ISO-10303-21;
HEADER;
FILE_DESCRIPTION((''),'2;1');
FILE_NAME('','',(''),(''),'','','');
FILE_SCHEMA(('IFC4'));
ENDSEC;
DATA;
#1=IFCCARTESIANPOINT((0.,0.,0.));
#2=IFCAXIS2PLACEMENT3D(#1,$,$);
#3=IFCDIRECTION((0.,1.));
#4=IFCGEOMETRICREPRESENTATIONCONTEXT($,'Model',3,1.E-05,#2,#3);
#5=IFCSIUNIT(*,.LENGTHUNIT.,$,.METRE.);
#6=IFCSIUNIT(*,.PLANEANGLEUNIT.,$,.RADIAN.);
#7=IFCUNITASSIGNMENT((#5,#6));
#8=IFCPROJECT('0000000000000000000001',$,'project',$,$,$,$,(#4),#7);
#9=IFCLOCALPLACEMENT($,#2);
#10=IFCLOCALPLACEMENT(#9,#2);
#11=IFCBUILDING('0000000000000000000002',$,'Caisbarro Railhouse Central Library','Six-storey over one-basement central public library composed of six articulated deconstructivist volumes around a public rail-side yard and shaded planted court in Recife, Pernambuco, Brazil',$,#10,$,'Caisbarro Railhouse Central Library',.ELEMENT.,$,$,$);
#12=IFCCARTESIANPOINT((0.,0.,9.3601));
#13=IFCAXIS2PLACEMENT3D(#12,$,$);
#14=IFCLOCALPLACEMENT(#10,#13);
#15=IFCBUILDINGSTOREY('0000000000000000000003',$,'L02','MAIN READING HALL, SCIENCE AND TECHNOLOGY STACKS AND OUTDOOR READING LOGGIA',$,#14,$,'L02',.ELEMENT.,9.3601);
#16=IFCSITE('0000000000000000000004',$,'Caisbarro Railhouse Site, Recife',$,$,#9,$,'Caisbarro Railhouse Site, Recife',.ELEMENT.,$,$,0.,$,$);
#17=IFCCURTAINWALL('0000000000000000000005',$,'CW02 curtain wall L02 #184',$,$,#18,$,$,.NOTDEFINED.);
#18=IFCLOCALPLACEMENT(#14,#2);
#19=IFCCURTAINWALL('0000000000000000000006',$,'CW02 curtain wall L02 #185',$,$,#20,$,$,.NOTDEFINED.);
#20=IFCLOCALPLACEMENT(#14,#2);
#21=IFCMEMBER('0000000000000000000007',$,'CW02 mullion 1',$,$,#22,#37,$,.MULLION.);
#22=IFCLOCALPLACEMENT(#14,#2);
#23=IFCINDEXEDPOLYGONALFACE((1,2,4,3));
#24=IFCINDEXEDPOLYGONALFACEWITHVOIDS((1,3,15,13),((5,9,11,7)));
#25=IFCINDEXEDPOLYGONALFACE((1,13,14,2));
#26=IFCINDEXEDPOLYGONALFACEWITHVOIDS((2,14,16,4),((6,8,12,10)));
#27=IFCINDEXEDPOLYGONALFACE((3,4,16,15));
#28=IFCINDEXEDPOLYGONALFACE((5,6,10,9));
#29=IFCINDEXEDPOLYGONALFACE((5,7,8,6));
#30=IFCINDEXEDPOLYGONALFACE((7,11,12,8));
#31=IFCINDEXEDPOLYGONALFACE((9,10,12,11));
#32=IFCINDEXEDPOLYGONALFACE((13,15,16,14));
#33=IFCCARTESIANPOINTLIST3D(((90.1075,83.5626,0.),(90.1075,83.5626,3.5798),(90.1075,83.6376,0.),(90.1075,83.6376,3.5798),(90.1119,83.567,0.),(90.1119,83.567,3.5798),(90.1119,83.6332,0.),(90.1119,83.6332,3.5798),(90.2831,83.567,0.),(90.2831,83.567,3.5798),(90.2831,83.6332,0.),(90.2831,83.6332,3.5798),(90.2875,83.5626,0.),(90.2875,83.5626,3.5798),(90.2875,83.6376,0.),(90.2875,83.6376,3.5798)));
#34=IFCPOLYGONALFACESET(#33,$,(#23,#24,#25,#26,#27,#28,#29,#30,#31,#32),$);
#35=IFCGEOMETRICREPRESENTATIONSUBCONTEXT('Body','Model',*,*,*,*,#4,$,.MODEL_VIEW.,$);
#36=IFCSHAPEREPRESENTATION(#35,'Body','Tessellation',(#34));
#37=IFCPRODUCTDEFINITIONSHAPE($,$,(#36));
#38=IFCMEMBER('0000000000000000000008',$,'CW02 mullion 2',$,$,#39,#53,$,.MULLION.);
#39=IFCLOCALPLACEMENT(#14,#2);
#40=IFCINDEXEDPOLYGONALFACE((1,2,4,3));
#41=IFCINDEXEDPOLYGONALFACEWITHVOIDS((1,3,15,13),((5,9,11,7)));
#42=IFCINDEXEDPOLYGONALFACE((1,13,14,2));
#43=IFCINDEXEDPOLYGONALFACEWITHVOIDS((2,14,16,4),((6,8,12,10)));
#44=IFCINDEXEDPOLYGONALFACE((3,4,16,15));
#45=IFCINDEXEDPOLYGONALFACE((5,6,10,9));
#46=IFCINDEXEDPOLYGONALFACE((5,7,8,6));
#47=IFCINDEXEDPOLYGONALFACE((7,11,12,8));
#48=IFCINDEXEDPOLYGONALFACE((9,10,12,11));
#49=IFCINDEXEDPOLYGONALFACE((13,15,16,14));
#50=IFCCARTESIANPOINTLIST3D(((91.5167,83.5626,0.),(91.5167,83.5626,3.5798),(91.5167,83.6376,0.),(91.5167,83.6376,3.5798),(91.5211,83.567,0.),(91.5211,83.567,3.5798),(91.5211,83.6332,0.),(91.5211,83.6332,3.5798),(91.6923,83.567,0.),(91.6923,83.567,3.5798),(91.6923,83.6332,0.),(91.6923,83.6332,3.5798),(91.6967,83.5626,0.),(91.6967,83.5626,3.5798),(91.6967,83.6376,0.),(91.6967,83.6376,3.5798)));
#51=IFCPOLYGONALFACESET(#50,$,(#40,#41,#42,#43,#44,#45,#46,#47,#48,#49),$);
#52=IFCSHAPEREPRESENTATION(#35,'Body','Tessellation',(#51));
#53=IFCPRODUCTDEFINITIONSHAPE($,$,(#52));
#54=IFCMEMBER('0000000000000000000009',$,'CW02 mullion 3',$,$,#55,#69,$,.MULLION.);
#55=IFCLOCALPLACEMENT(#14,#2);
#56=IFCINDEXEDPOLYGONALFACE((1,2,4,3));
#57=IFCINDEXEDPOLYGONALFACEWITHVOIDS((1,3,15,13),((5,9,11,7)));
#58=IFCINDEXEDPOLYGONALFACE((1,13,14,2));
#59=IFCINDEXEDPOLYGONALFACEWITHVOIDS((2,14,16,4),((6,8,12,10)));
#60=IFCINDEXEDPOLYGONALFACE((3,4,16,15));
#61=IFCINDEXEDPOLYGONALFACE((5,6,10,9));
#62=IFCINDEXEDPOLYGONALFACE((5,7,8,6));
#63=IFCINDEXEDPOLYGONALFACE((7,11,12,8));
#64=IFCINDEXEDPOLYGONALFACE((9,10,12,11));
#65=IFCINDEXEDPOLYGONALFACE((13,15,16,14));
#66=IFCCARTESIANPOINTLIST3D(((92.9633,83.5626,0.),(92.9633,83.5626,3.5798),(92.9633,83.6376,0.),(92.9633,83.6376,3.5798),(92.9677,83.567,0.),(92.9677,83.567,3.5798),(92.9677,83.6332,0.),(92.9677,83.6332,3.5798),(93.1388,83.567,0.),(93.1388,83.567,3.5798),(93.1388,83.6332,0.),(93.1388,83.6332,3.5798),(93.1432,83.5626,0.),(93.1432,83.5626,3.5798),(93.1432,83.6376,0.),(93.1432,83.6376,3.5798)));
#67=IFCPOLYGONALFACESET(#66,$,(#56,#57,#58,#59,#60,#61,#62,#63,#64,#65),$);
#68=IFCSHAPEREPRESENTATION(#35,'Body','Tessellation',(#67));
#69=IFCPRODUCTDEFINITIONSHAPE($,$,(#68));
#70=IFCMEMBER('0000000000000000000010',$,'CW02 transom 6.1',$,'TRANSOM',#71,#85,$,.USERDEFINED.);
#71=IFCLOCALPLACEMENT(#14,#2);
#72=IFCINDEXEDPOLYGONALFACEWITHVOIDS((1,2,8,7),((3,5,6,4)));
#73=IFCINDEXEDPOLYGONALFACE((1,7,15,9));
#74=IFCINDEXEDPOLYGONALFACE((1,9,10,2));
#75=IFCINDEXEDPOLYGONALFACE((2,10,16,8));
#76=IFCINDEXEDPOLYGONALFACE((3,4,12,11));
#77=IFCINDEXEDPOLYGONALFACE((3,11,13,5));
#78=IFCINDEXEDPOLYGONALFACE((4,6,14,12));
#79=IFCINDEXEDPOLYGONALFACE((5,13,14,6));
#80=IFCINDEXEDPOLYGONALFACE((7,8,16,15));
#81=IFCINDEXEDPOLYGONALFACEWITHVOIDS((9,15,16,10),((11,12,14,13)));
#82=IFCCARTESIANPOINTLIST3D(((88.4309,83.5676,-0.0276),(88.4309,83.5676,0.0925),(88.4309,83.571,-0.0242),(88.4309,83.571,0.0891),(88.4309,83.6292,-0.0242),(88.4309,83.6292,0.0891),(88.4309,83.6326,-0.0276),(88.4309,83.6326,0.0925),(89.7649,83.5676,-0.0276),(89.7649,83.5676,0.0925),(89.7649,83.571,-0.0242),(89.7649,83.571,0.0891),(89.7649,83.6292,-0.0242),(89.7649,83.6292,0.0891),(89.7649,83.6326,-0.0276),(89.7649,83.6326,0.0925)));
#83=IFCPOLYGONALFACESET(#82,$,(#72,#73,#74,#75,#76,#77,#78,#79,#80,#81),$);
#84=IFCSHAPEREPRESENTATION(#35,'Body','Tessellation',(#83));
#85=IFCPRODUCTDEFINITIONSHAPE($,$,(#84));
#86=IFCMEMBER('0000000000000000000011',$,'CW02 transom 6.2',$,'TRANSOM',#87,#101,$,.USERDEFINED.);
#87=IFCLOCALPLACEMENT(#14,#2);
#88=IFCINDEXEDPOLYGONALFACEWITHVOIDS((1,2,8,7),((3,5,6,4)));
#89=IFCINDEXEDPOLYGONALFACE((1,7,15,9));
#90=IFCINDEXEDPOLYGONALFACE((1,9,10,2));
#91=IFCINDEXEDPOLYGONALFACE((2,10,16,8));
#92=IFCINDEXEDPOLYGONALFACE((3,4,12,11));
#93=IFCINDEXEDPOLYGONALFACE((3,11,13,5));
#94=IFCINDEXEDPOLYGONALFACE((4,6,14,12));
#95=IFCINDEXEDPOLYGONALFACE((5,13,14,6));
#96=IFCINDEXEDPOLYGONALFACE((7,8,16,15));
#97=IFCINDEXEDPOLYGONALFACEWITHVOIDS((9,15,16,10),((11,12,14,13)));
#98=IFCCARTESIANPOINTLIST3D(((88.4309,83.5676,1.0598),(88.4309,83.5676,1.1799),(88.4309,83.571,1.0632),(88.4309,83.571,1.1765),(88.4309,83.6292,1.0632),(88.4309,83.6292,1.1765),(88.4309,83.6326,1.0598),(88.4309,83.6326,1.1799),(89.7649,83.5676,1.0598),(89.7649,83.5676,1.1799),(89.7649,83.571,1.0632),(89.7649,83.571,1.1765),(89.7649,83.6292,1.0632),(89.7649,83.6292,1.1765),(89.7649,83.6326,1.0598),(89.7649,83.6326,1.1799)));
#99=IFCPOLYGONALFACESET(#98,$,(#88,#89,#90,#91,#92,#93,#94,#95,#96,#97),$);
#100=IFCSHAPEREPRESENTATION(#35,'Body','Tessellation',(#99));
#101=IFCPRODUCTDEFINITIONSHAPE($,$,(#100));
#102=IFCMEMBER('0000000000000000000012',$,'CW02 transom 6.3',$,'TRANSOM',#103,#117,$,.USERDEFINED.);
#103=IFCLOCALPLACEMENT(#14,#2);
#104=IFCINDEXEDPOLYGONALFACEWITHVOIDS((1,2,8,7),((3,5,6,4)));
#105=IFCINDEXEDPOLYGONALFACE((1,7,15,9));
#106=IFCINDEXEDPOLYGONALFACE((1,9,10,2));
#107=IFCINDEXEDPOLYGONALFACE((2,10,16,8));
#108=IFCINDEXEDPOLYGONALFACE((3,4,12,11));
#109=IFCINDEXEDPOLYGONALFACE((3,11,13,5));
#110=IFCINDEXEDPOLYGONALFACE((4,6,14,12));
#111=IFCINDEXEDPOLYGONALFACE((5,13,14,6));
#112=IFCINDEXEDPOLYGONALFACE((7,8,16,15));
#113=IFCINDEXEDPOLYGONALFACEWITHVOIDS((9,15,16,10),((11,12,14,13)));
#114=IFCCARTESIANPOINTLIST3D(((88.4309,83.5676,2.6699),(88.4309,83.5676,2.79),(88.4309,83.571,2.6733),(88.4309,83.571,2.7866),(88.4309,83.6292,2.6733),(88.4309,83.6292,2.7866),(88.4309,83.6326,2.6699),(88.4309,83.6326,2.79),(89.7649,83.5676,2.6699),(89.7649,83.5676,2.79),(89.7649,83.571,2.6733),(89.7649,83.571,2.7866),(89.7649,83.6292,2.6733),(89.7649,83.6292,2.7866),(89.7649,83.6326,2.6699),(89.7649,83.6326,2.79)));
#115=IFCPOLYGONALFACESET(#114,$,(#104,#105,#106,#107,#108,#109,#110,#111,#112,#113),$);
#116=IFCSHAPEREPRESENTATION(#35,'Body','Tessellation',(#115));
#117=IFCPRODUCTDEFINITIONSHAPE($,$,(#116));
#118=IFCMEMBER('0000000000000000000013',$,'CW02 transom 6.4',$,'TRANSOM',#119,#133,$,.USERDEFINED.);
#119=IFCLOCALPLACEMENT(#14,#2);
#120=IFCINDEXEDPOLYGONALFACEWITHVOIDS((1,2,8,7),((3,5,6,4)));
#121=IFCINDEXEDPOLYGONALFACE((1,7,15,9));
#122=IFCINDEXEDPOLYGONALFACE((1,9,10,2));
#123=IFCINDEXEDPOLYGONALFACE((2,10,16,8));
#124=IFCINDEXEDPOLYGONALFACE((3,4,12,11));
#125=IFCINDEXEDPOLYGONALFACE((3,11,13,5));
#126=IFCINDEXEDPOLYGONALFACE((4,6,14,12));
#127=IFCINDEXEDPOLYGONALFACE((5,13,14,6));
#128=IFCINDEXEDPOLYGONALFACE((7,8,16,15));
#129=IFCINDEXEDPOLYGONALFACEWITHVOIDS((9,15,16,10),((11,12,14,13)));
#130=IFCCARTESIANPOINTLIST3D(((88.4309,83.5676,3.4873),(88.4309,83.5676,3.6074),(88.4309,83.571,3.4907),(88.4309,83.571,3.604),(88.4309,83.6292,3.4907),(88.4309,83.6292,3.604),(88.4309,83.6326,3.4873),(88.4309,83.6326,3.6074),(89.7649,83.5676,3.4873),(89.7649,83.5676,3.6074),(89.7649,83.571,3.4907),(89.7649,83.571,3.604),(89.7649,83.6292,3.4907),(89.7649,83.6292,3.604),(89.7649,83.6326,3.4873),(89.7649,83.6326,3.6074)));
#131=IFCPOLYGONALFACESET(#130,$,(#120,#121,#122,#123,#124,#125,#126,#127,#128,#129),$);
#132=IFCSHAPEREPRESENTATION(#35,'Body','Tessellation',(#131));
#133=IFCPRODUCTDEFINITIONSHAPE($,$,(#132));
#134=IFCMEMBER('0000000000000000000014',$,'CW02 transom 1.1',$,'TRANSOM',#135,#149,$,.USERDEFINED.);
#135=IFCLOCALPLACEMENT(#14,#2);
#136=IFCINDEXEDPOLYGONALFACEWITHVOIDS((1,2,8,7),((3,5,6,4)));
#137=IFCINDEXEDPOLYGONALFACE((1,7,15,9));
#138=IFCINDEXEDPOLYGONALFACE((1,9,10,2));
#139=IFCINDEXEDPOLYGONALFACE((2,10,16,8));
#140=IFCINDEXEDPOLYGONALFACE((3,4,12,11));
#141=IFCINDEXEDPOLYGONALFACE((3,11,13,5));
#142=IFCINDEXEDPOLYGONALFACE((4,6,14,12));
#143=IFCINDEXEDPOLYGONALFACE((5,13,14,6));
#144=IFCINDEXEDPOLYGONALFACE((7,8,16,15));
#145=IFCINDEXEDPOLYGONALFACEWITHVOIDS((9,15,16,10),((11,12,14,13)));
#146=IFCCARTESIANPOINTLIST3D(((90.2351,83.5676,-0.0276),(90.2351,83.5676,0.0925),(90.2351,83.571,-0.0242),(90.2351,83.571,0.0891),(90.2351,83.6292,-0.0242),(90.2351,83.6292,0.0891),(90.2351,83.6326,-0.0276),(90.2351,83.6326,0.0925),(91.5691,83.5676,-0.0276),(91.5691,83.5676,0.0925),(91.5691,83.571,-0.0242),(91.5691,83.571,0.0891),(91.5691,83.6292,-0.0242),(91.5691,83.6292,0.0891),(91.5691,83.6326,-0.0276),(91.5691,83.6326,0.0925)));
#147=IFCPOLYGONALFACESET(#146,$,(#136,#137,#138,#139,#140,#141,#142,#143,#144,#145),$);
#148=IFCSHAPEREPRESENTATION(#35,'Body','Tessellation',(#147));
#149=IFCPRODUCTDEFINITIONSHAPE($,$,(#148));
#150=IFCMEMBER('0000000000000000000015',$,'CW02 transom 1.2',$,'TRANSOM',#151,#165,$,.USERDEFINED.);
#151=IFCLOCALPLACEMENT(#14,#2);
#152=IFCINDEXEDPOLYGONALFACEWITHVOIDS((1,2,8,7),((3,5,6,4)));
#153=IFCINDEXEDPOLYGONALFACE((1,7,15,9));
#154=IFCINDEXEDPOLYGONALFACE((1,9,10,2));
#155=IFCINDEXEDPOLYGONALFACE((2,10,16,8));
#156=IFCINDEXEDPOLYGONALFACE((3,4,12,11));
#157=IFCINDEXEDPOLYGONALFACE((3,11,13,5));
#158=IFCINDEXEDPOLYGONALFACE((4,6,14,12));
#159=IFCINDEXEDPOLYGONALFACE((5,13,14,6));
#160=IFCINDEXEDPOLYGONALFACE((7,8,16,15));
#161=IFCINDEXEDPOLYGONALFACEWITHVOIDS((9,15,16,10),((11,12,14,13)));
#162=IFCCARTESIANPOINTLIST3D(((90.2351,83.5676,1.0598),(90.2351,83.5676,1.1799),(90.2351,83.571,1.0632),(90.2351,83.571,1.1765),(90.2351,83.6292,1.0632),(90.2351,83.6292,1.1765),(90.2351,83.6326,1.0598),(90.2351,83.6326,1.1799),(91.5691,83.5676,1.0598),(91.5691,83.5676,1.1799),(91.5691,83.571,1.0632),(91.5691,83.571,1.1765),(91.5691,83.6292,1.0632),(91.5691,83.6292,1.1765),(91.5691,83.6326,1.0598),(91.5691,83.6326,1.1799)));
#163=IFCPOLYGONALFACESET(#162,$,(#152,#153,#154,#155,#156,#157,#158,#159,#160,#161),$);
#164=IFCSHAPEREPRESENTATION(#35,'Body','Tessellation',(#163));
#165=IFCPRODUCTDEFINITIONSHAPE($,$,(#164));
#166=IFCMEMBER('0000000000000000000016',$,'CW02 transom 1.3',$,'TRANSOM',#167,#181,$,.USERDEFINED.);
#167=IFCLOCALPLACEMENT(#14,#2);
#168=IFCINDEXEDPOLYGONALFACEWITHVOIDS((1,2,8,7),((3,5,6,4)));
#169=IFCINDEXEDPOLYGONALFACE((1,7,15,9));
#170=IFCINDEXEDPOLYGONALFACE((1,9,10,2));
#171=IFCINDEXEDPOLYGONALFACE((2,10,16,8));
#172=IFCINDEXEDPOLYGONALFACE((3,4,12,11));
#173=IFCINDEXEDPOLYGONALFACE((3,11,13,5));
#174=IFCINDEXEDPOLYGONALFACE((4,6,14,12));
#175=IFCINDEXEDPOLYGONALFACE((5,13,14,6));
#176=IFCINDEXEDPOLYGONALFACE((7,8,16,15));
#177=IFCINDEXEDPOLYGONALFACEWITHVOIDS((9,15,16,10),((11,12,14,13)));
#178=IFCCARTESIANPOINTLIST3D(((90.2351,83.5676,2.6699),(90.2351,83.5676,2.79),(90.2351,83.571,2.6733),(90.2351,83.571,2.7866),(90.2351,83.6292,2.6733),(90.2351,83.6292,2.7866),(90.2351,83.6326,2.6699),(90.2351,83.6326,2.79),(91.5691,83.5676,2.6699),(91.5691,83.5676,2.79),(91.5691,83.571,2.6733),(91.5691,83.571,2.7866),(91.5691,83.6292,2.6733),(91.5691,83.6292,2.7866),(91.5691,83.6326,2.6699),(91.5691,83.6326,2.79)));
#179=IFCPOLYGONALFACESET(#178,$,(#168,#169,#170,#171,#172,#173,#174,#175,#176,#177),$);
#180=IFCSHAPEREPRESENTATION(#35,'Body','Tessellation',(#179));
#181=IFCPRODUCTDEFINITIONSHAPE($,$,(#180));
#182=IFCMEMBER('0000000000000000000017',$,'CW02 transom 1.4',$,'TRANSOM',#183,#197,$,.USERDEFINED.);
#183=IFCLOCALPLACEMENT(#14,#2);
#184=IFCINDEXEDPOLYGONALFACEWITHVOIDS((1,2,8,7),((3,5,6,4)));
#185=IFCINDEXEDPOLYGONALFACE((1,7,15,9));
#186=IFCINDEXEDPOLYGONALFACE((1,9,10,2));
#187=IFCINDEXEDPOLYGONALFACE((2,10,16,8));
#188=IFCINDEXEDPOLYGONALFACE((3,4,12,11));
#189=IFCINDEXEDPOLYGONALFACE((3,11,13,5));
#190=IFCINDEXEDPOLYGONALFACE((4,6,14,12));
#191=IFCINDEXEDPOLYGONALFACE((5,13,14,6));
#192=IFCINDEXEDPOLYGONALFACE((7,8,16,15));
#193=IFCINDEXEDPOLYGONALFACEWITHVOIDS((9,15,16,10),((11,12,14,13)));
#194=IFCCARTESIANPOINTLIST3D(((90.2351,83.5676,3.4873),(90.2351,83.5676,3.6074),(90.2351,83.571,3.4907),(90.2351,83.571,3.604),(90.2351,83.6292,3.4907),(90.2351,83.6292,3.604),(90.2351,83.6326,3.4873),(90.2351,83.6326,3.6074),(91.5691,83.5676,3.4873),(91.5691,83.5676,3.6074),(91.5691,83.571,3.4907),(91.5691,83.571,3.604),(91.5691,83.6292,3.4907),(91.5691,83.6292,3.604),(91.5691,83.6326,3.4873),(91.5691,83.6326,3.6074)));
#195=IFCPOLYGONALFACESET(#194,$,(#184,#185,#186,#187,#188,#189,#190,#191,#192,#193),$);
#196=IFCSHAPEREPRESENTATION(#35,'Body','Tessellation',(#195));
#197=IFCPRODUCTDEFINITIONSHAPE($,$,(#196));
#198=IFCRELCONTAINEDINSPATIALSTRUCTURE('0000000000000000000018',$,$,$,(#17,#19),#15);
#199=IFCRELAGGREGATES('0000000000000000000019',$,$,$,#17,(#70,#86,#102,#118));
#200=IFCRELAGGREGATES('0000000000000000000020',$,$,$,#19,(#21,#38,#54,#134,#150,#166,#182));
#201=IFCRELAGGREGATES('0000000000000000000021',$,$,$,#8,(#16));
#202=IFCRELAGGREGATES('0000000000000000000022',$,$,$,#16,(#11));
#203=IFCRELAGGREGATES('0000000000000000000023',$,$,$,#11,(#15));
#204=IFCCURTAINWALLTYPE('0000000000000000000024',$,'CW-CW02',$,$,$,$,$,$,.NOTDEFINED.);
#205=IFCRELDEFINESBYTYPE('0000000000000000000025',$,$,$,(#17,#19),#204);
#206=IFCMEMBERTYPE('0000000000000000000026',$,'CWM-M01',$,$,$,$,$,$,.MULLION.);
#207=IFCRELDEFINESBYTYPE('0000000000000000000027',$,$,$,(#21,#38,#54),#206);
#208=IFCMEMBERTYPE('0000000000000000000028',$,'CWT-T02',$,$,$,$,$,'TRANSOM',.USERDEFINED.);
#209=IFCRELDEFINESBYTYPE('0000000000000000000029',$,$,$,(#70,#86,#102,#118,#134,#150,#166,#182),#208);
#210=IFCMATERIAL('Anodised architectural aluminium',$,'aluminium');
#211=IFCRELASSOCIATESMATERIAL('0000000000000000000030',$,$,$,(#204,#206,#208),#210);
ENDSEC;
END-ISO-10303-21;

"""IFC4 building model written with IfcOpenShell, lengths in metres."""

from ifc_helpers import new_model, si_unit, direction, frame, origin, origin_2d, place, context, subcontext, project, spatial, hollow_rectangle, extrude, material, material_profile, profile_set, type_object, element, aggregate, save


model = new_model("IFC4")

# Units and contexts
model_context = context("Model", 3, precision=1e-05, world=origin(), true_north=direction((0.0, 1.0)))
body_context = subcontext(model_context, "Body", "Model", "MODEL_VIEW")
ifc_project = project(units=[si_unit("LENGTHUNIT", "METRE"), si_unit("PLANEANGLEUNIT", "RADIAN")], contexts=[model_context])

# Site, building, storey
site_placement = place(None, origin())
site = spatial("IfcSite", under=ifc_project, at=site_placement, Name="Caisbarro Railhouse Site, Recife", LongName="Caisbarro Railhouse Site, Recife", CompositionType="ELEMENT", RefElevation=0.0)
building_placement = place(site_placement, origin())
building = spatial("IfcBuilding", under=site, at=building_placement, Name="Caisbarro Railhouse Central Library", Description="Six-storey over one-basement central public library composed of six articulated deconstructivist volumes around a public rail-side yard and shaded planted court in Recife, Pernambuco, Brazil", LongName="Caisbarro Railhouse Central Library", CompositionType="ELEMENT")
storey_placement = place(building_placement, frame((0.0, 0.0, 9.3601)))
storey = spatial("IfcBuildingStorey", under=building, at=storey_placement, Name="L02", Description="MAIN READING HALL, SCIENCE AND TECHNOLOGY STACKS AND OUTDOOR READING LOGGIA", LongName="L02", CompositionType="ELEMENT", Elevation=9.3601)

# Curtain walls, members
ifc_material_1 = material(Name="Anodised architectural aluminium", Category="aluminium")
curtain_wall_type = type_object("IfcCurtainWallType", Name="CW-CW02", PredefinedType="NOTDEFINED", material=ifc_material_1)
curtain_wall_1_placement = place(storey_placement, origin())
curtain_wall_1 = element("IfcCurtainWall", 1, at=curtain_wall_1_placement, inside=storey, type_object=curtain_wall_type, Name="CW02 curtain wall L02 #184", PredefinedType="NOTDEFINED")
ifc_material_profile_1 = material_profile(ifc_material_1, hollow_rectangle(XDim=0.075, YDim=0.1799, WallThickness=0.0044, at=origin_2d()), Name="ALU-MUL-75X180")
ifc_profile_set_1 = profile_set([ifc_material_profile_1], Name="Anodised architectural aluminium")
member_type_1 = type_object("IfcMemberType", Name="CWM-M01", PredefinedType="MULLION", material=ifc_profile_set_1)
curtain_wall_2_placement = place(storey_placement, origin())
curtain_wall_2 = element("IfcCurtainWall", 2, at=curtain_wall_2_placement, inside=storey, type_object=curtain_wall_type, Name="CW02 curtain wall L02 #185", PredefinedType="NOTDEFINED")
member_1_placement = place(storey_placement, frame((90.1975, 83.6001, 0.0), z_axis=(0.0, 0.0, 1.0), x_axis=(0.0, 1.0, 0.0)))
member_1 = element("IfcMember", 3, at=member_1_placement, type_object=member_type_1, Name="CW02 mullion 1", PredefinedType="MULLION", context=body_context, shape_type="SweptSolid", body=[
    extrude(hollow_rectangle(XDim=0.075, YDim=0.1799, WallThickness=0.0044, at=origin_2d()), origin(), (0.0, 0.0, 1.0), 3.5798),
])
member_2_placement = place(storey_placement, frame((91.6067, 83.6001, 0.0), z_axis=(0.0, 0.0, 1.0), x_axis=(0.0, 1.0, 0.0)))
member_2 = element("IfcMember", 4, at=member_2_placement, type_object=member_type_1, Name="CW02 mullion 2", PredefinedType="MULLION", context=body_context, shape_type="SweptSolid", body=[
    extrude(hollow_rectangle(XDim=0.075, YDim=0.1799, WallThickness=0.0044, at=origin_2d()), origin(), (0.0, 0.0, 1.0), 3.5798),
])
member_3_placement = place(storey_placement, frame((93.0532, 83.6001, 0.0), z_axis=(0.0, 0.0, 1.0), x_axis=(0.0, 1.0, 0.0)))
member_3 = element("IfcMember", 5, at=member_3_placement, type_object=member_type_1, Name="CW02 mullion 3", PredefinedType="MULLION", context=body_context, shape_type="SweptSolid", body=[
    extrude(hollow_rectangle(XDim=0.075, YDim=0.1799, WallThickness=0.0044, at=origin_2d()), origin(), (0.0, 0.0, 1.0), 3.5798),
])

# Members
ifc_material_profile_2 = material_profile(ifc_material_1, hollow_rectangle(XDim=0.0649, YDim=0.1201, WallThickness=0.0034, at=origin_2d()), Name="ALU-TRN-65X120")
ifc_profile_set_2 = profile_set([ifc_material_profile_2], Name="Anodised architectural aluminium")
member_type_2 = type_object("IfcMemberType", Name="CWT-T02", ElementType="TRANSOM", PredefinedType="USERDEFINED", material=ifc_profile_set_2)
member_4_placement = place(storey_placement, frame((88.4309, 83.6001, 0.0325), z_axis=(1.0, 0.0, 0.0), x_axis=(0.0, 1.0, 0.0)))
member_4 = element("IfcMember", 6, at=member_4_placement, type_object=member_type_2, Name="CW02 transom 6.1", ObjectType="TRANSOM", PredefinedType="USERDEFINED", context=body_context, shape_type="SweptSolid", body=[
    extrude(hollow_rectangle(XDim=0.0649, YDim=0.1201, WallThickness=0.0034, at=origin_2d()), origin(), (0.0, 0.0, 1.0), 1.334),
])
member_5_placement = place(storey_placement, frame((88.4309, 83.6001, 1.1199), z_axis=(1.0, 0.0, 0.0), x_axis=(0.0, 1.0, 0.0)))
member_5 = element("IfcMember", 7, at=member_5_placement, type_object=member_type_2, Name="CW02 transom 6.2", ObjectType="TRANSOM", PredefinedType="USERDEFINED", context=body_context, shape_type="SweptSolid", body=[
    extrude(hollow_rectangle(XDim=0.0649, YDim=0.1201, WallThickness=0.0034, at=origin_2d()), origin(), (0.0, 0.0, 1.0), 1.334),
])
member_6_placement = place(storey_placement, frame((88.4309, 83.6001, 2.73), z_axis=(1.0, 0.0, 0.0), x_axis=(0.0, 1.0, 0.0)))
member_6 = element("IfcMember", 8, at=member_6_placement, type_object=member_type_2, Name="CW02 transom 6.3", ObjectType="TRANSOM", PredefinedType="USERDEFINED", context=body_context, shape_type="SweptSolid", body=[
    extrude(hollow_rectangle(XDim=0.0649, YDim=0.1201, WallThickness=0.0034, at=origin_2d()), origin(), (0.0, 0.0, 1.0), 1.334),
])
member_7_placement = place(storey_placement, frame((88.4309, 83.6001, 3.5474), z_axis=(1.0, 0.0, 0.0), x_axis=(0.0, 1.0, 0.0)))
member_7 = element("IfcMember", 9, at=member_7_placement, type_object=member_type_2, Name="CW02 transom 6.4", ObjectType="TRANSOM", PredefinedType="USERDEFINED", context=body_context, shape_type="SweptSolid", body=[
    extrude(hollow_rectangle(XDim=0.0649, YDim=0.1201, WallThickness=0.0034, at=origin_2d()), origin(), (0.0, 0.0, 1.0), 1.334),
])
member_8_placement = place(storey_placement, frame((90.2351, 83.6001, 0.0325), z_axis=(1.0, 0.0, 0.0), x_axis=(0.0, 1.0, 0.0)))
member_8 = element("IfcMember", 10, at=member_8_placement, type_object=member_type_2, Name="CW02 transom 1.1", ObjectType="TRANSOM", PredefinedType="USERDEFINED", context=body_context, shape_type="SweptSolid", body=[
    extrude(hollow_rectangle(XDim=0.0649, YDim=0.1201, WallThickness=0.0034, at=origin_2d()), origin(), (0.0, 0.0, 1.0), 1.334),
])
member_9_placement = place(storey_placement, frame((90.2351, 83.6001, 1.1199), z_axis=(1.0, 0.0, 0.0), x_axis=(0.0, 1.0, 0.0)))
member_9 = element("IfcMember", 11, at=member_9_placement, type_object=member_type_2, Name="CW02 transom 1.2", ObjectType="TRANSOM", PredefinedType="USERDEFINED", context=body_context, shape_type="SweptSolid", body=[
    extrude(hollow_rectangle(XDim=0.0649, YDim=0.1201, WallThickness=0.0034, at=origin_2d()), origin(), (0.0, 0.0, 1.0), 1.334),
])
member_10_placement = place(storey_placement, frame((90.2351, 83.6001, 2.73), z_axis=(1.0, 0.0, 0.0), x_axis=(0.0, 1.0, 0.0)))
member_10 = element("IfcMember", 12, at=member_10_placement, type_object=member_type_2, Name="CW02 transom 1.3", ObjectType="TRANSOM", PredefinedType="USERDEFINED", context=body_context, shape_type="SweptSolid", body=[
    extrude(hollow_rectangle(XDim=0.0649, YDim=0.1201, WallThickness=0.0034, at=origin_2d()), origin(), (0.0, 0.0, 1.0), 1.334),
])
member_11_placement = place(storey_placement, frame((90.2351, 83.6001, 3.5474), z_axis=(1.0, 0.0, 0.0), x_axis=(0.0, 1.0, 0.0)))
member_11 = element("IfcMember", 13, at=member_11_placement, type_object=member_type_2, Name="CW02 transom 1.4", ObjectType="TRANSOM", PredefinedType="USERDEFINED", context=body_context, shape_type="SweptSolid", body=[
    extrude(hollow_rectangle(XDim=0.0649, YDim=0.1201, WallThickness=0.0034, at=origin_2d()), origin(), (0.0, 0.0, 1.0), 1.334),
])

aggregate(curtain_wall_1, [member_4, member_5, member_6, member_7])
aggregate(curtain_wall_2, [member_1, member_2, member_3, member_8, member_9, member_10, member_11])

save(model, "model.ifc")
